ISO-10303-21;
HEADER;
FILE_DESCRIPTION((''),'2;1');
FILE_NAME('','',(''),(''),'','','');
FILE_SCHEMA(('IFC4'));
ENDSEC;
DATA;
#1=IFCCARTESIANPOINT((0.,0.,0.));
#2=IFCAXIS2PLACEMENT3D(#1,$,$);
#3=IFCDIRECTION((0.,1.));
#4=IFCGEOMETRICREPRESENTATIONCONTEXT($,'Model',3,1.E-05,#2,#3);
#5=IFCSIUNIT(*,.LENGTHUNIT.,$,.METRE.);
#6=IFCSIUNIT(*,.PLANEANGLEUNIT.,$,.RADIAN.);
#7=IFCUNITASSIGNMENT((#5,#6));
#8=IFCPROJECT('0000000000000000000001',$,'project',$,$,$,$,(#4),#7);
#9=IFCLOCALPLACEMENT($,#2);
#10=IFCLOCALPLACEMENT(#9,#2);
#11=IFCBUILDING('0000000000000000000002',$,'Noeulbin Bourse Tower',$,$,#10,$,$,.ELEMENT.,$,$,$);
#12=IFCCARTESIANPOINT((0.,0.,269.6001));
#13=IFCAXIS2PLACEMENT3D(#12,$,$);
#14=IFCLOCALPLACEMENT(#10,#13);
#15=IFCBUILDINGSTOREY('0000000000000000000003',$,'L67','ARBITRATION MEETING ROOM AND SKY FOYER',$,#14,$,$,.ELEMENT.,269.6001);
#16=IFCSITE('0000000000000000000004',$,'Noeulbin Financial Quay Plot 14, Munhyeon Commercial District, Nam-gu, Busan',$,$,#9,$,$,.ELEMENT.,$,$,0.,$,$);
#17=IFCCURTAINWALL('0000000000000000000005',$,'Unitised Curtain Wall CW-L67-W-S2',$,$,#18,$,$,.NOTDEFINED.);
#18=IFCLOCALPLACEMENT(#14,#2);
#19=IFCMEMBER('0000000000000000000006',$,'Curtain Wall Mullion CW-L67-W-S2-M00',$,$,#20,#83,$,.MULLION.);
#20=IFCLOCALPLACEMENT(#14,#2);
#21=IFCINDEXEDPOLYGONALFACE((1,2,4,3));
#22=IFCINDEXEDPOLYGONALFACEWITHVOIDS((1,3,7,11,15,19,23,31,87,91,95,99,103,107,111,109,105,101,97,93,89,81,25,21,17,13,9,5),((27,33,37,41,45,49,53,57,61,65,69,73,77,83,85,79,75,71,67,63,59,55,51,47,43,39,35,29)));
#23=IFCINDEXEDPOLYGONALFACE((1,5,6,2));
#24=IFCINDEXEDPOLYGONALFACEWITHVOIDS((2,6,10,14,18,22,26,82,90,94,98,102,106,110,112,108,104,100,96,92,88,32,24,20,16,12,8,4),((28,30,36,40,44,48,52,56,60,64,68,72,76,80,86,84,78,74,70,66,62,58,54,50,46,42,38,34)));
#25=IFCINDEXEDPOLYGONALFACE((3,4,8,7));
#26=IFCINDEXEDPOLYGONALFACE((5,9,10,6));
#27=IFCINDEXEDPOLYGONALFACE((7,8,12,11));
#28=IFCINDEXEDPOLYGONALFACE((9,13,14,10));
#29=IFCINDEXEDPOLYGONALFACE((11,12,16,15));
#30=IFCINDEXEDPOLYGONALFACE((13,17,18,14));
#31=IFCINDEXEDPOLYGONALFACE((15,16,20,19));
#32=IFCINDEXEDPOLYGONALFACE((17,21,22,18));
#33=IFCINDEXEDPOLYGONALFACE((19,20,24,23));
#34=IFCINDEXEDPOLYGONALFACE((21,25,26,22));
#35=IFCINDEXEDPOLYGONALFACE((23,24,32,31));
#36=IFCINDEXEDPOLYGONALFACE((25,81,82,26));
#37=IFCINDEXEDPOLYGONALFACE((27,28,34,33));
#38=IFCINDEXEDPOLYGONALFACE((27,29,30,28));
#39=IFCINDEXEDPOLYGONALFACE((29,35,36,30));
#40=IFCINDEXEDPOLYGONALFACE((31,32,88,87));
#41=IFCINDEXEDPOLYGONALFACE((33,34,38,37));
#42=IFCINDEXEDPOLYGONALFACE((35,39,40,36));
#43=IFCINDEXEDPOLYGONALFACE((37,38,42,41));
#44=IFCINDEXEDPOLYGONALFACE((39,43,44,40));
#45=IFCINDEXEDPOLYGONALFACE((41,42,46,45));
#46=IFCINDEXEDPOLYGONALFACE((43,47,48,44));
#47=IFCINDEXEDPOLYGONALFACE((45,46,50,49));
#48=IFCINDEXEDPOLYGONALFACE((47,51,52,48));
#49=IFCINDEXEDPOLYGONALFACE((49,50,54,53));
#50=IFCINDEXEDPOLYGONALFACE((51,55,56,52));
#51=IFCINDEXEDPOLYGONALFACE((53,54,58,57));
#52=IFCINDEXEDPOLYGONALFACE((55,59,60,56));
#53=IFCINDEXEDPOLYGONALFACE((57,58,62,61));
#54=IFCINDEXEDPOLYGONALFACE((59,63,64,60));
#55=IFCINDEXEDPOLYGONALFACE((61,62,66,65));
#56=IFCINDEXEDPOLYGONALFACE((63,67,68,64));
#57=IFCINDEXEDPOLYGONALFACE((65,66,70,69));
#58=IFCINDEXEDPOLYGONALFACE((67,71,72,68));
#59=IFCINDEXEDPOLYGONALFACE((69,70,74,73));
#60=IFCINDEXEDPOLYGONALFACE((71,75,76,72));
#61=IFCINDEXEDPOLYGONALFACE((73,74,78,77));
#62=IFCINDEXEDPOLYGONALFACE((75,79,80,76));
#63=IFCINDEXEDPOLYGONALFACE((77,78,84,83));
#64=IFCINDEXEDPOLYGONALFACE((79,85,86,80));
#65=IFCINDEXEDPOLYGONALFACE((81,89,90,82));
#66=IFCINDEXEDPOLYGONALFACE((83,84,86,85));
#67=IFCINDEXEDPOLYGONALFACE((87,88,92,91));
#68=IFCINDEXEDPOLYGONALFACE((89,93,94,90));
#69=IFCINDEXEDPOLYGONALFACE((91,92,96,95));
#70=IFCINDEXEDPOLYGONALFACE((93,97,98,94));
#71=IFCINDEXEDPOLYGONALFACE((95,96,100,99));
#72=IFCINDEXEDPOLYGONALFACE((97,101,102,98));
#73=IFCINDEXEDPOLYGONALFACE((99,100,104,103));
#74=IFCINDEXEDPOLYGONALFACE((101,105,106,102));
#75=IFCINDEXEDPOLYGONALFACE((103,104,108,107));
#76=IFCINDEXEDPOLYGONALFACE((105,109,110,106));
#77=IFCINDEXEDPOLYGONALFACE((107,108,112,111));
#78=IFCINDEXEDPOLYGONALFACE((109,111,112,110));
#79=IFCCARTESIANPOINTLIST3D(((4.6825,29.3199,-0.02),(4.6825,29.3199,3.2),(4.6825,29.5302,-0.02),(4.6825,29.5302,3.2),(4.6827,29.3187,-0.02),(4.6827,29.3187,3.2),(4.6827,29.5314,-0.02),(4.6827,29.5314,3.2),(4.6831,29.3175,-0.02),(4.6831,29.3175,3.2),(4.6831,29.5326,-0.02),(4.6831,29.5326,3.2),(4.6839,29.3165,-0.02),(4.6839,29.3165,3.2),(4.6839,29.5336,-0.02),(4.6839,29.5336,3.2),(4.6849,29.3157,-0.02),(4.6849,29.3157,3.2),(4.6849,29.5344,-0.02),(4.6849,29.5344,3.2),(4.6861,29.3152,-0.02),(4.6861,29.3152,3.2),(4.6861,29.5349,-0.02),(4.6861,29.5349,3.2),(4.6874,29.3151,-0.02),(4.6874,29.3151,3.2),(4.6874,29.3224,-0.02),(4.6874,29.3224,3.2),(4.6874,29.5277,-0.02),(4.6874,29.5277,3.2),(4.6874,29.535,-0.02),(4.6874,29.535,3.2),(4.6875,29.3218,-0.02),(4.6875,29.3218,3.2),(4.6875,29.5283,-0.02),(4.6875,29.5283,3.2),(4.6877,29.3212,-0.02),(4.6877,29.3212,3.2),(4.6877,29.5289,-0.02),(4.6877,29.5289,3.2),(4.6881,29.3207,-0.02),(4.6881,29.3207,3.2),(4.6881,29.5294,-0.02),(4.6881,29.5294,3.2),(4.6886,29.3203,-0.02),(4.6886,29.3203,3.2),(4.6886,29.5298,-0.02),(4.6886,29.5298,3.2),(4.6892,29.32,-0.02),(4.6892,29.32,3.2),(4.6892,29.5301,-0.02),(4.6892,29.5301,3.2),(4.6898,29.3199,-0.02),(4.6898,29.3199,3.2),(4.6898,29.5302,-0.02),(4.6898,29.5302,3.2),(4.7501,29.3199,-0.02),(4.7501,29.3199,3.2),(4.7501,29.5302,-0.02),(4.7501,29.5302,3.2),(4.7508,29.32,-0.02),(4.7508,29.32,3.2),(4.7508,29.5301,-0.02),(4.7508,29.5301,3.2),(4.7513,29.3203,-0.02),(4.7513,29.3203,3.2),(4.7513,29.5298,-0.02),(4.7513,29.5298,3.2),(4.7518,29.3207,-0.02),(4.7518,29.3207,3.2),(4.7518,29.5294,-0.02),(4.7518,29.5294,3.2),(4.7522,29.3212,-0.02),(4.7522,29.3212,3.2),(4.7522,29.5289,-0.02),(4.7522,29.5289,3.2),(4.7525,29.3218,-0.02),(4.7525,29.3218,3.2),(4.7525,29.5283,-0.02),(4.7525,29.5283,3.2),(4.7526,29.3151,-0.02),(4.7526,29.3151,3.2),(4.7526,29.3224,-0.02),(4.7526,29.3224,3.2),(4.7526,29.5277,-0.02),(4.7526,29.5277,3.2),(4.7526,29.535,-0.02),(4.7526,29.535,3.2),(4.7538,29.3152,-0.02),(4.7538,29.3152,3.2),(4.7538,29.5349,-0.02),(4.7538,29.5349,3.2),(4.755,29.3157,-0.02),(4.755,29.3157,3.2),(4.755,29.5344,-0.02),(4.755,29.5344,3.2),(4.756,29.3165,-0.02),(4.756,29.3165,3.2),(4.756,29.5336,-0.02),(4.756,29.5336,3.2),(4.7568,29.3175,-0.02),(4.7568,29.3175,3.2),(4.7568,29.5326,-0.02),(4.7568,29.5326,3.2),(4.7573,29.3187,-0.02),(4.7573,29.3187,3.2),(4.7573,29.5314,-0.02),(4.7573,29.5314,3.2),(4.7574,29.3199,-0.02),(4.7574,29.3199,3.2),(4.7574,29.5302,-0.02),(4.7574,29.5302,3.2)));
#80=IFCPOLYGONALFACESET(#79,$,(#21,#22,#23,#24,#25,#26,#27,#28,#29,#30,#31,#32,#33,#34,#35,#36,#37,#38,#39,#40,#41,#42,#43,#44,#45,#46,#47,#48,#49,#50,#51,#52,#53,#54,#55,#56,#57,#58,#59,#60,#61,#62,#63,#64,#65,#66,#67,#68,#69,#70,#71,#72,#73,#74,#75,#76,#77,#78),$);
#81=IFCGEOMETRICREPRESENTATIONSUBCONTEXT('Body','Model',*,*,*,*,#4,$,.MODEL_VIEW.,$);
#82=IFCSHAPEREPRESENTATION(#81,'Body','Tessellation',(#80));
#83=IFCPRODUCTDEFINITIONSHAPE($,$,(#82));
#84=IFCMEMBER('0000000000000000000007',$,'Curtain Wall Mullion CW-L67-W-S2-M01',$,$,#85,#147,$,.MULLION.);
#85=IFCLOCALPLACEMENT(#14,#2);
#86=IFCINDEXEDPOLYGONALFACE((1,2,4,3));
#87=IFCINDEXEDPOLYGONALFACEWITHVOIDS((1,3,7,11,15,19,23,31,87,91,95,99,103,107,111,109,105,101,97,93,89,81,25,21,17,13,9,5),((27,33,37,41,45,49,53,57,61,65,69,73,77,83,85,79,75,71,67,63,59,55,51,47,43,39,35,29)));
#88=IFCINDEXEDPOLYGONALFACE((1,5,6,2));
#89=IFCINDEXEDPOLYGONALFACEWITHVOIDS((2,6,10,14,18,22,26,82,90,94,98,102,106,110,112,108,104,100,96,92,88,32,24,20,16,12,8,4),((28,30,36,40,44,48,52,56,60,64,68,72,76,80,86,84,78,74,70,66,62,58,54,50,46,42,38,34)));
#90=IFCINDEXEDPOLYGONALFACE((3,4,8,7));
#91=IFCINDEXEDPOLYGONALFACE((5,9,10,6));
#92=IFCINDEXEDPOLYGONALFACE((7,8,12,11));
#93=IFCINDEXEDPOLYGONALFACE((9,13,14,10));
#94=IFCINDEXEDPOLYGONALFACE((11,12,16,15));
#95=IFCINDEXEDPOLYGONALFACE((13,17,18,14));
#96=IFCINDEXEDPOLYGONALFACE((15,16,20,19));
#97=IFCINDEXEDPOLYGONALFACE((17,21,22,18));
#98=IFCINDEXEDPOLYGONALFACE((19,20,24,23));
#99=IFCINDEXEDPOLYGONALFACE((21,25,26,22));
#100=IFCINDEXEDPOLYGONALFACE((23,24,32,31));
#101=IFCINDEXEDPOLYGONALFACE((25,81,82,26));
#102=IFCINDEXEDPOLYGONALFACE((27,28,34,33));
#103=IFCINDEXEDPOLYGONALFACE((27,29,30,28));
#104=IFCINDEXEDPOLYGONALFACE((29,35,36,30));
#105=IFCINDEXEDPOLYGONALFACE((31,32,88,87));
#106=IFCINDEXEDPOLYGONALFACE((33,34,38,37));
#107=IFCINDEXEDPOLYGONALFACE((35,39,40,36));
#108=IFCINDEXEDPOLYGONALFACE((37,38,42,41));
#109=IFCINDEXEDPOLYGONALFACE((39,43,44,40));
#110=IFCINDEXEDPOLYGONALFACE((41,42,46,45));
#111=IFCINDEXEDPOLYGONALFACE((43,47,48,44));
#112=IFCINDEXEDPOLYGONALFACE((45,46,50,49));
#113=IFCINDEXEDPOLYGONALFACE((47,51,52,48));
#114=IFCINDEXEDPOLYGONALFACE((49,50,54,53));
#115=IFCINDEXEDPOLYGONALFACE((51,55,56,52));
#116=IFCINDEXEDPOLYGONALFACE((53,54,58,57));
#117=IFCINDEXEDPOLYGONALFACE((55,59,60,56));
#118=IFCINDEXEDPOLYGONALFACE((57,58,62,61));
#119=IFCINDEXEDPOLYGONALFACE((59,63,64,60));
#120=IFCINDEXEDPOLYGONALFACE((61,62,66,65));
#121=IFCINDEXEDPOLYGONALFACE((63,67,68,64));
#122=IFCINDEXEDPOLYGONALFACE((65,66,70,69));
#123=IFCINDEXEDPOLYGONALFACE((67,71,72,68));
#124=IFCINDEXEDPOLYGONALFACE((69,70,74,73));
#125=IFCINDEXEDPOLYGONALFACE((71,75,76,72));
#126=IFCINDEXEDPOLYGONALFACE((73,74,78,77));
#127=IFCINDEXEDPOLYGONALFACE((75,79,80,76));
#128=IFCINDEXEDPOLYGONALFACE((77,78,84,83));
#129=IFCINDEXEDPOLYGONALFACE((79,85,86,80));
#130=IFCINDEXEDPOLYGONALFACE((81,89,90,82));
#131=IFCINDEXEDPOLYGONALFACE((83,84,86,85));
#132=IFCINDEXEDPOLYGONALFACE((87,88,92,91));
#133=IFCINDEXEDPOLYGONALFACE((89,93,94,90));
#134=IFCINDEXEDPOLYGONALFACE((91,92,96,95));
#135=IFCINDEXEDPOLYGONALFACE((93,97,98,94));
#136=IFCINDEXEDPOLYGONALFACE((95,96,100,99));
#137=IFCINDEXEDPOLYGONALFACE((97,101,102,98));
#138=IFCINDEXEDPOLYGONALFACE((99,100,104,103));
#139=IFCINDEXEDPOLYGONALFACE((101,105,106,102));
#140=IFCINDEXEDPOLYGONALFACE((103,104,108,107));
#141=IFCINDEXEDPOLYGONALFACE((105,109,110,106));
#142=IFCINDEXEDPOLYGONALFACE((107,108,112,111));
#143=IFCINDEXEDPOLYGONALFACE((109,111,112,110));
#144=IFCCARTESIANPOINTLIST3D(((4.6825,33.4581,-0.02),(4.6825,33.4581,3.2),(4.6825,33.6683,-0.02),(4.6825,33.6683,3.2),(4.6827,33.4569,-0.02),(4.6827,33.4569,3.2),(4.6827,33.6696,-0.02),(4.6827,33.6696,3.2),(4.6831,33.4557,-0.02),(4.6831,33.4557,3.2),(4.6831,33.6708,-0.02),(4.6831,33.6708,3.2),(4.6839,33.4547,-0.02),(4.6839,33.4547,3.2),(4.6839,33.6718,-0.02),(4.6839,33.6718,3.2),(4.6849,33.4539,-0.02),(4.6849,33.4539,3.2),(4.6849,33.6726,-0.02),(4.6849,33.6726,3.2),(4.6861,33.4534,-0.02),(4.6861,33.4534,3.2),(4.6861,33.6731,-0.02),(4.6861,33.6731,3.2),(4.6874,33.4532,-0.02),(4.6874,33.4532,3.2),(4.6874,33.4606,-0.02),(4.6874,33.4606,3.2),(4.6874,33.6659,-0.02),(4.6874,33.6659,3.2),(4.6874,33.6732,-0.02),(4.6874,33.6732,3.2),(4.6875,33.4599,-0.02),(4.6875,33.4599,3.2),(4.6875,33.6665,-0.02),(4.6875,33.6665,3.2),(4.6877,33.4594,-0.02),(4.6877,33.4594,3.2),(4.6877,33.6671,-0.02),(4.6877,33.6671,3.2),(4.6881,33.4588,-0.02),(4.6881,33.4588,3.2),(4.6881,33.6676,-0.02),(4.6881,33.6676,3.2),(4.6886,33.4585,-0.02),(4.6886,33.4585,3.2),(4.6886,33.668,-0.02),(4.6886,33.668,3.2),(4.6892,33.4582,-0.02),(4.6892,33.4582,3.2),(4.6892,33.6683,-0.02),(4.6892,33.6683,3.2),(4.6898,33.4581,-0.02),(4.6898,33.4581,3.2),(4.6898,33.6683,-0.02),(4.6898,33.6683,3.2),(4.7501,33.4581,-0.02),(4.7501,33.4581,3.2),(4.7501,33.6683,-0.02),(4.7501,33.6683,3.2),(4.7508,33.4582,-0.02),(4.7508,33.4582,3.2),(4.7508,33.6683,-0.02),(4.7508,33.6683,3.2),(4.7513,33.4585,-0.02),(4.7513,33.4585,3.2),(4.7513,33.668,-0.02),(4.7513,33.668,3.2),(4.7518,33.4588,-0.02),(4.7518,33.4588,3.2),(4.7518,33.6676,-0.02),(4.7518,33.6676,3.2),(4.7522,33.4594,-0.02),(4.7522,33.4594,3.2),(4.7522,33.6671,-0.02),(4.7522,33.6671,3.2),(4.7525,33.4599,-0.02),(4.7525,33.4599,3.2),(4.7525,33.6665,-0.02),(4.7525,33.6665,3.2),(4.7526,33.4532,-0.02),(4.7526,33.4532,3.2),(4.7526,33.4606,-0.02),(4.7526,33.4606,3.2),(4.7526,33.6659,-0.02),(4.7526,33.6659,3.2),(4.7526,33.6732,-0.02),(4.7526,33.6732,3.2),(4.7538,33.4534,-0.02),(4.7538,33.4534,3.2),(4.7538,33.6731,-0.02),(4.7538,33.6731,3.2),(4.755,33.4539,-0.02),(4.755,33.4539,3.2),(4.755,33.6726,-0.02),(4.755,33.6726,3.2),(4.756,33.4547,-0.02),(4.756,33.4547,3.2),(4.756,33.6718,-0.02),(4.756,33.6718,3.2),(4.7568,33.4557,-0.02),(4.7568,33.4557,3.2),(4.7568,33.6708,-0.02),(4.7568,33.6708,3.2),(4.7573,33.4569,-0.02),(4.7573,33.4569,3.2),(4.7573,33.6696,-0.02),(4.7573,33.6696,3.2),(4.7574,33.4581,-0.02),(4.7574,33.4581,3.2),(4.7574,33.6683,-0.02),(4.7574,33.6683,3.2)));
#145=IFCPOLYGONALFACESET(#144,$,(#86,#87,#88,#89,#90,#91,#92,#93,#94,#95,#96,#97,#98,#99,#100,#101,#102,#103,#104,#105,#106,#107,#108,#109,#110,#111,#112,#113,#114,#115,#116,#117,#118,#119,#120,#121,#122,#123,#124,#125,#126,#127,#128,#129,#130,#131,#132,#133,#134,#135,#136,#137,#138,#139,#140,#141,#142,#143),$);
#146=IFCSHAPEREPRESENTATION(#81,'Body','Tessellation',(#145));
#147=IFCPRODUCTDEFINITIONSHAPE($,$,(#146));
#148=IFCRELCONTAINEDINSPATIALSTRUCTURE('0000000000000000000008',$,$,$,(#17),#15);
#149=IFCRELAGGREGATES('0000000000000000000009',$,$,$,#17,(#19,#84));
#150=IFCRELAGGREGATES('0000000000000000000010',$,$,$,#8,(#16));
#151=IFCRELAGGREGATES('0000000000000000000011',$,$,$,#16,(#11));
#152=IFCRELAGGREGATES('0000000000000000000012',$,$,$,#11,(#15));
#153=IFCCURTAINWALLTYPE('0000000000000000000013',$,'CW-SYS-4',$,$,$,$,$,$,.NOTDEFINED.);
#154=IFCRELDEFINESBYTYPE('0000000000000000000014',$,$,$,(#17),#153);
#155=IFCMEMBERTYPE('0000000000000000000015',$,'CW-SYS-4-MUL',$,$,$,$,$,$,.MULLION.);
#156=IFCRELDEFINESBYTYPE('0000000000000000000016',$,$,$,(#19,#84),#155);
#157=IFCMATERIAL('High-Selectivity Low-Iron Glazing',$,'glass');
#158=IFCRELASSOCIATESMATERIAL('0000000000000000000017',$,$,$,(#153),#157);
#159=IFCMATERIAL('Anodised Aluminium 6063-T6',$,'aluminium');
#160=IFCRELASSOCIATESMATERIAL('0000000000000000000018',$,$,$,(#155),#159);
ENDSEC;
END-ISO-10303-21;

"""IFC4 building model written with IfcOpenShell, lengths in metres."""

from ifc_helpers import new_model, si_unit, direction, frame, origin, origin_2d, place, context, subcontext, project, spatial, hollow_rectangle, extrude, material, material_profile, profile_set, type_object, element, aggregate, save


model = new_model("IFC4")

# Units and contexts
model_context = context("Model", 3, precision=1e-05, world=origin(), true_north=direction((0.0, 1.0)))
body_context = subcontext(model_context, "Body", "Model", "MODEL_VIEW")
ifc_project = project(units=[si_unit("LENGTHUNIT", "METRE"), si_unit("PLANEANGLEUNIT", "RADIAN")], contexts=[model_context])

# Site, building, storey
site_placement = place(None, origin())
site = spatial("IfcSite", under=ifc_project, at=site_placement, Name="Noeulbin Financial Quay Plot 14, Munhyeon Commercial District, Nam-gu, Busan", CompositionType="ELEMENT", RefElevation=0.0)
building_placement = place(site_placement, origin())
building = spatial("IfcBuilding", under=site, at=building_placement, Name="Noeulbin Bourse Tower", CompositionType="ELEMENT")
storey_placement = place(building_placement, frame((0.0, 0.0, 269.6001)))
storey = spatial("IfcBuildingStorey", under=building, at=storey_placement, Name="L67", Description="ARBITRATION MEETING ROOM AND SKY FOYER", CompositionType="ELEMENT", Elevation=269.6001)

# Curtain wall, members
ifc_material_1 = material(Name="High-Selectivity Low-Iron Glazing", Category="glass")
curtain_wall_type = type_object("IfcCurtainWallType", Name="CW-SYS-4", PredefinedType="NOTDEFINED", material=ifc_material_1)
curtain_wall_placement = place(storey_placement, origin())
curtain_wall = element("IfcCurtainWall", 1, at=curtain_wall_placement, inside=storey, type_object=curtain_wall_type, Name="Unitised Curtain Wall CW-L67-W-S2", PredefinedType="NOTDEFINED")
ifc_material_2 = material(Name="Anodised Aluminium 6063-T6", Category="aluminium")
ifc_material_profile_1 = material_profile(ifc_material_2, hollow_rectangle(XDim=0.075, YDim=0.22, WallThickness=0.0049, InnerFilletRadius=0.0024, OuterFilletRadius=0.0049, at=origin_2d()), Name="ALU-MULL-75x220x5", Category="LoadBearing")
ifc_profile_set_1 = profile_set([ifc_material_profile_1], Name="Anodised Aluminium 6063-T6")
member_type_1 = type_object("IfcMemberType", Name="CW-SYS-4-MUL", PredefinedType="MULLION", material=ifc_profile_set_1)
member_1_placement = place(storey_placement, frame((4.72, 29.425, -0.02), z_axis=(0.0, 0.0, 1.0), x_axis=(1.0, 0.0, 0.0)))
member_1 = element("IfcMember", 2, at=member_1_placement, type_object=member_type_1, Name="Curtain Wall Mullion CW-L67-W-S2-M00", PredefinedType="MULLION", context=body_context, shape_type="SweptSolid", body=[
    extrude(hollow_rectangle(XDim=0.075, YDim=0.22, WallThickness=0.0049, InnerFilletRadius=0.0024, OuterFilletRadius=0.0049, at=origin_2d()), origin(), (0.0, 0.0, 1.0), 3.22),
])
member_2_placement = place(storey_placement, frame((4.72, 33.5632, -0.02), z_axis=(0.0, 0.0, 1.0), x_axis=(1.0, 0.0, 0.0)))
member_2 = element("IfcMember", 3, at=member_2_placement, type_object=member_type_1, Name="Curtain Wall Mullion CW-L67-W-S2-M01", PredefinedType="MULLION", context=body_context, shape_type="SweptSolid", body=[
    extrude(hollow_rectangle(XDim=0.075, YDim=0.22, WallThickness=0.0049, InnerFilletRadius=0.0024, OuterFilletRadius=0.0049, at=origin_2d()), origin(), (0.0, 0.0, 1.0), 3.22),
])
aggregate(curtain_wall, [member_1, member_2])

save(model, "model.ifc")
